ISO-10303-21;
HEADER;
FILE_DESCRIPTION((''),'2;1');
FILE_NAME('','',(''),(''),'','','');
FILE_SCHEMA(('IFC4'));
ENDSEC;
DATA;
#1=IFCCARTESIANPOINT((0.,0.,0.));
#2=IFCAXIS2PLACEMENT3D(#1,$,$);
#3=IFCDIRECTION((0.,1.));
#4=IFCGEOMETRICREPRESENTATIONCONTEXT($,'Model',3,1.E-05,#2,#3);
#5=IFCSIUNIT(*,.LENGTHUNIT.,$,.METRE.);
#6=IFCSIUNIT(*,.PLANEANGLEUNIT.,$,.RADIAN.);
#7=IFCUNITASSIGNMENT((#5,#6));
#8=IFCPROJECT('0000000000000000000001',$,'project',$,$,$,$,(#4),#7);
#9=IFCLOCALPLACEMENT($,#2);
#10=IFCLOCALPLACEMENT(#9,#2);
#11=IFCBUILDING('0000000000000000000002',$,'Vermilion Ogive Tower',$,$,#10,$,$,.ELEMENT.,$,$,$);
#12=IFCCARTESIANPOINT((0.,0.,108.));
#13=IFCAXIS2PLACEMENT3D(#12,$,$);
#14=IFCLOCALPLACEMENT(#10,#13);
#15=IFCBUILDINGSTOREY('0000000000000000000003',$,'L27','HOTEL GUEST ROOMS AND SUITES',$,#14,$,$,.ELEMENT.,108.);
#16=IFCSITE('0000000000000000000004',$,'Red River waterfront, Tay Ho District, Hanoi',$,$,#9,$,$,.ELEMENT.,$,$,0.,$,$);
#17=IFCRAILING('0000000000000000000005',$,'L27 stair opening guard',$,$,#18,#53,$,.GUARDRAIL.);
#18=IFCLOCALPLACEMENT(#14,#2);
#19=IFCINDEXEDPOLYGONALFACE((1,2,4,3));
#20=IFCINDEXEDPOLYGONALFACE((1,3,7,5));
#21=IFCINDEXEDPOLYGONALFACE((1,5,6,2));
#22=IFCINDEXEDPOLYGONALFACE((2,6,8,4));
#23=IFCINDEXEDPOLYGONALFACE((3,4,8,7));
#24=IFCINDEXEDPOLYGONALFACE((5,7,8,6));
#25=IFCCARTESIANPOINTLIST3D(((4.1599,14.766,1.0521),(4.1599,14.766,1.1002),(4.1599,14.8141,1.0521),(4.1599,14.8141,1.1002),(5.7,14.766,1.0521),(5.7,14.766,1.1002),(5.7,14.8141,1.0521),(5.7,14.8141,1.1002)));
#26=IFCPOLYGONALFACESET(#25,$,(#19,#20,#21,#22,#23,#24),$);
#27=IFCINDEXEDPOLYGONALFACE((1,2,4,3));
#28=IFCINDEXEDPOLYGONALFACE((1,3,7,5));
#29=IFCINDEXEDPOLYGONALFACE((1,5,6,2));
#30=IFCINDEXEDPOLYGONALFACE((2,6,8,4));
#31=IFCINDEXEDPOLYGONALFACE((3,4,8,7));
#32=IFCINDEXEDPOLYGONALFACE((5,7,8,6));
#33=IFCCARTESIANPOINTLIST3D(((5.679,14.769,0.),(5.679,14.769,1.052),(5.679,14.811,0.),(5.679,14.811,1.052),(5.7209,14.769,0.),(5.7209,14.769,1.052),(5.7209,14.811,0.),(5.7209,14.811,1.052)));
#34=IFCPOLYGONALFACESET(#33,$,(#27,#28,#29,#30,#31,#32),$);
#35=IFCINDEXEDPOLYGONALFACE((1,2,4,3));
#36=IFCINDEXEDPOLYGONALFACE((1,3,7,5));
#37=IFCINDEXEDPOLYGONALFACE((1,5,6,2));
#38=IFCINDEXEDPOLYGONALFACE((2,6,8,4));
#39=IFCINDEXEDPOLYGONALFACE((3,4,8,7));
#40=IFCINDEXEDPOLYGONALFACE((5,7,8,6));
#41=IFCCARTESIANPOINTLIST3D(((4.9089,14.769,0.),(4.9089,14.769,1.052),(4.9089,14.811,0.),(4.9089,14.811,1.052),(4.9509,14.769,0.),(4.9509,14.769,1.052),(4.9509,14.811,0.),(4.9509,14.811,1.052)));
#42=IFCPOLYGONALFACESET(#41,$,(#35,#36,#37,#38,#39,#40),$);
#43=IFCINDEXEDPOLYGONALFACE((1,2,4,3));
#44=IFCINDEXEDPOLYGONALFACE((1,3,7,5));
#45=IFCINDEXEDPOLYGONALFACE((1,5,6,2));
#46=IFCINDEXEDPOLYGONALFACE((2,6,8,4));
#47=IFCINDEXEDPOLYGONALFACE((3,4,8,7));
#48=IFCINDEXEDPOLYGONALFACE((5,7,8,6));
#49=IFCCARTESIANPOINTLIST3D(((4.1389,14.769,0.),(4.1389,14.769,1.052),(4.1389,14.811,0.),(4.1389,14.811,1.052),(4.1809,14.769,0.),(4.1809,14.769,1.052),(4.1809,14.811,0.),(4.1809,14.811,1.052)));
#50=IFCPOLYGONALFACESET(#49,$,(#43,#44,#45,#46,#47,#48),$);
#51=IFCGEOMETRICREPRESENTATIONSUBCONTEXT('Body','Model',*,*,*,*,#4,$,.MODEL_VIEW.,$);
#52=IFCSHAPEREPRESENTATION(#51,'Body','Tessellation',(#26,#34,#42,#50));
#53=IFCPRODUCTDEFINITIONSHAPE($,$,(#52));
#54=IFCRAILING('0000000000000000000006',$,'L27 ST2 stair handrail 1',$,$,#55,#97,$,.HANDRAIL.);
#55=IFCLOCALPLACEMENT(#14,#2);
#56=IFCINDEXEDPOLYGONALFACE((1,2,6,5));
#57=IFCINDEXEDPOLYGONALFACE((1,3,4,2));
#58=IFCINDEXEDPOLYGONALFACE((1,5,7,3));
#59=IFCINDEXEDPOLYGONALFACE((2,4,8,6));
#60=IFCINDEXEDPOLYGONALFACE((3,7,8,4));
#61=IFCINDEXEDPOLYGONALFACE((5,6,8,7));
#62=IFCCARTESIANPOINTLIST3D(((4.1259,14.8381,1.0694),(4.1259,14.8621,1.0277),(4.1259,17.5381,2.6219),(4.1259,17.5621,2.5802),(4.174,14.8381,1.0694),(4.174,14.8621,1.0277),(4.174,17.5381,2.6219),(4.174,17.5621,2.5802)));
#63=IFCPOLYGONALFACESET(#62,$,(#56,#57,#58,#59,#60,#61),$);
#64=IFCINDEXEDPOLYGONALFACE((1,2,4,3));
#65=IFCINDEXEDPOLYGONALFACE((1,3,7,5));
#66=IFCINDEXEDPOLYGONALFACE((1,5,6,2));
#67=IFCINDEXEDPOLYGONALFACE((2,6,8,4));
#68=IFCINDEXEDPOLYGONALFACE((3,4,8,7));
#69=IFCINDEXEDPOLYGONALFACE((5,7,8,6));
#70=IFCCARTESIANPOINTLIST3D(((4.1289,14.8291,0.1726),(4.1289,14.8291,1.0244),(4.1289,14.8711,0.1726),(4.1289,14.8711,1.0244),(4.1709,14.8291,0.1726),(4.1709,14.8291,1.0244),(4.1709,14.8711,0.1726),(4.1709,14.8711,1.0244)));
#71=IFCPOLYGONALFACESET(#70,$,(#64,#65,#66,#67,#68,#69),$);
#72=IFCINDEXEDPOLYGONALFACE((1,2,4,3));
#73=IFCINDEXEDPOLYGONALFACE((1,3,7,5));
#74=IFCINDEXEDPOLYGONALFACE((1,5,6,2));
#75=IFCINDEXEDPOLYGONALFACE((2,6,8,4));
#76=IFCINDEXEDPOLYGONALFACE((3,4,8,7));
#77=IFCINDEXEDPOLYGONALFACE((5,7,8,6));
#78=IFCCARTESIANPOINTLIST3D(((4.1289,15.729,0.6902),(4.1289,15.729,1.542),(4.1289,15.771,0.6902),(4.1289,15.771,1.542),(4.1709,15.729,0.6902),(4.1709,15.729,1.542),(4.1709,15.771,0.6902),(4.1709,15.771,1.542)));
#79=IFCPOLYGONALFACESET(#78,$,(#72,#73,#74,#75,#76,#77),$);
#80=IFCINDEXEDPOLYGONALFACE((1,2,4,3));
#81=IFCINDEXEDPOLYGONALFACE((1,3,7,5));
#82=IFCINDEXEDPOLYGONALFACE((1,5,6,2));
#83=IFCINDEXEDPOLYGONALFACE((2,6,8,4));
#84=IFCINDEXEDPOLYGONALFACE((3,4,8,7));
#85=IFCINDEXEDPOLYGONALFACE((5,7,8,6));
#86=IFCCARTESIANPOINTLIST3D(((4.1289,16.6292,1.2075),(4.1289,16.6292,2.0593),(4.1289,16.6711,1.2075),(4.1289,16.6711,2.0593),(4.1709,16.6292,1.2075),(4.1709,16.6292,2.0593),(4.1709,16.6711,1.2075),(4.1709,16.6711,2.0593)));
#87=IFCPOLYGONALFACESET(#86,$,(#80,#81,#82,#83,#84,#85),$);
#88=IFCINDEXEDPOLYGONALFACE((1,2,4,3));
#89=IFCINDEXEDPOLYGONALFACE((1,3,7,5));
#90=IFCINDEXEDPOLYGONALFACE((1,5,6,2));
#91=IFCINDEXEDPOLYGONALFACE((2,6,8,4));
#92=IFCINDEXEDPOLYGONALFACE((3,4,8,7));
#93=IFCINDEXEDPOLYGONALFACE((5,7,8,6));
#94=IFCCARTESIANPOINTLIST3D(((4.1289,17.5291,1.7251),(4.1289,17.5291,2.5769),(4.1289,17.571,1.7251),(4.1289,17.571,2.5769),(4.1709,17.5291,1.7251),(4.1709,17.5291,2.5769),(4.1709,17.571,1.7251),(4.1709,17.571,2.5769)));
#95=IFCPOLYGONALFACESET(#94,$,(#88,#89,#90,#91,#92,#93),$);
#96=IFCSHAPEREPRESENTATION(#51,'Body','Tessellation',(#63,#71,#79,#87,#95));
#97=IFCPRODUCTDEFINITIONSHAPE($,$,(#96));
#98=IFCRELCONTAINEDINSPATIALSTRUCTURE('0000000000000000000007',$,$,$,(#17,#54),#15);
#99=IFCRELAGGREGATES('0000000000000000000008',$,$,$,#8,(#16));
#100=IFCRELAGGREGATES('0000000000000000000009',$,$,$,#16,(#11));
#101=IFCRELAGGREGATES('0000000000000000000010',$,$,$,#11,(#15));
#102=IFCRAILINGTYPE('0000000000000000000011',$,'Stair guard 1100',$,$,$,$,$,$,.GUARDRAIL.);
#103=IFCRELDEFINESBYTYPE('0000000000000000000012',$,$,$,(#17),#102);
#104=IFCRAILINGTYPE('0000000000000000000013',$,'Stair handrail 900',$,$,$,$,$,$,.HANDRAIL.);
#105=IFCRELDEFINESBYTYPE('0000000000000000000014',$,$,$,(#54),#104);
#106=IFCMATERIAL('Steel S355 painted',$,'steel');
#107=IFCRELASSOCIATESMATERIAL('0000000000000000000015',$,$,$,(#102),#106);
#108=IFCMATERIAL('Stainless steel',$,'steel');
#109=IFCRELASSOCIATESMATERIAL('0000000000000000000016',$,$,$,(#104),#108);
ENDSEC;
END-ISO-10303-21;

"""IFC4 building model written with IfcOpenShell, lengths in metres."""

from ifc_helpers import new_model, si_unit, direction, frame, origin, origin_2d, place, context, subcontext, project, spatial, rectangle, extrude, material, type_object, element, save


model = new_model("IFC4")

# Units and contexts
model_context = context("Model", 3, precision=1e-05, world=origin(), true_north=direction((0.0, 1.0)))
body_context = subcontext(model_context, "Body", "Model", "MODEL_VIEW")
ifc_project = project(units=[si_unit("LENGTHUNIT", "METRE"), si_unit("PLANEANGLEUNIT", "RADIAN")], contexts=[model_context])

# Site, building, storey
site_placement = place(None, origin())
site = spatial("IfcSite", under=ifc_project, at=site_placement, Name="Red River waterfront, Tay Ho District, Hanoi", CompositionType="ELEMENT", RefElevation=0.0)
building_placement = place(site_placement, origin())
building = spatial("IfcBuilding", under=site, at=building_placement, Name="Vermilion Ogive Tower", CompositionType="ELEMENT")
storey_placement = place(building_placement, frame((0.0, 0.0, 108.0)))
storey = spatial("IfcBuildingStorey", under=building, at=storey_placement, Name="L27", Description="HOTEL GUEST ROOMS AND SUITES", CompositionType="ELEMENT", Elevation=108.0)

# Railings
ifc_material_1 = material(Name="Steel S355 painted", Category="steel")
railing_type_1 = type_object("IfcRailingType", Name="Stair guard 1100", PredefinedType="GUARDRAIL", material=ifc_material_1)
railing_1_placement = place(storey_placement, frame((5.7, 14.79, 0.0)))
element("IfcRailing", 1, at=railing_1_placement, inside=storey, type_object=railing_type_1, Name="L27 stair opening guard", PredefinedType="GUARDRAIL", context=body_context, shape_type="SweptSolid", body=[
    extrude(rectangle(XDim=0.0481, YDim=0.0481, at=origin_2d()), frame((0.0, 0.0, 1.0762), z_axis=(-1.0, 0.0, 0.0), x_axis=(0.0, -1.0, 0.0)), (0.0, 0.0, 1.0), 1.54),
    extrude(rectangle(XDim=0.042, YDim=0.042, at=origin_2d()), origin(), (0.0, 0.0, 1.0), 1.052),
    extrude(rectangle(XDim=0.042, YDim=0.042, at=origin_2d()), frame((-0.77, 0.0, 0.0)), (0.0, 0.0, 1.0), 1.052),
    extrude(rectangle(XDim=0.042, YDim=0.042, at=origin_2d()), frame((-1.54, 0.0, 0.0)), (0.0, 0.0, 1.0), 1.052),
])
ifc_material_2 = material(Name="Stainless steel", Category="steel")
railing_type_2 = type_object("IfcRailingType", Name="Stair handrail 900", PredefinedType="HANDRAIL", material=ifc_material_2)
railing_2_placement = place(storey_placement, frame((4.1499, 14.8501, 0.1726)))
element("IfcRailing", 2, at=railing_2_placement, inside=storey, type_object=railing_type_2, Name="L27 ST2 stair handrail 1", PredefinedType="HANDRAIL", context=body_context, shape_type="SweptSolid", body=[
    extrude(rectangle(XDim=0.0481, YDim=0.0481, at=origin_2d()), frame((0.0, 0.0, 0.876), z_axis=(0.0, 0.866904, 0.498476), x_axis=(-1.0, 0.0, 0.0)), (0.0, 0.0, 1.0), 3.1145),
    extrude(rectangle(XDim=0.042, YDim=0.042, at=origin_2d()), origin(), (0.0, 0.0, 1.0), 0.8518),
    extrude(rectangle(XDim=0.042, YDim=0.042, at=origin_2d()), frame((0.0, 0.8999, 0.5176)), (0.0, 0.0, 1.0), 0.8518),
    extrude(rectangle(XDim=0.042, YDim=0.042, at=origin_2d()), frame((0.0, 1.8, 1.0349)), (0.0, 0.0, 1.0), 0.8518),
    extrude(rectangle(XDim=0.042, YDim=0.042, at=origin_2d()), frame((0.0, 2.7, 1.5525)), (0.0, 0.0, 1.0), 0.8518),
])

save(model, "model.ifc")
